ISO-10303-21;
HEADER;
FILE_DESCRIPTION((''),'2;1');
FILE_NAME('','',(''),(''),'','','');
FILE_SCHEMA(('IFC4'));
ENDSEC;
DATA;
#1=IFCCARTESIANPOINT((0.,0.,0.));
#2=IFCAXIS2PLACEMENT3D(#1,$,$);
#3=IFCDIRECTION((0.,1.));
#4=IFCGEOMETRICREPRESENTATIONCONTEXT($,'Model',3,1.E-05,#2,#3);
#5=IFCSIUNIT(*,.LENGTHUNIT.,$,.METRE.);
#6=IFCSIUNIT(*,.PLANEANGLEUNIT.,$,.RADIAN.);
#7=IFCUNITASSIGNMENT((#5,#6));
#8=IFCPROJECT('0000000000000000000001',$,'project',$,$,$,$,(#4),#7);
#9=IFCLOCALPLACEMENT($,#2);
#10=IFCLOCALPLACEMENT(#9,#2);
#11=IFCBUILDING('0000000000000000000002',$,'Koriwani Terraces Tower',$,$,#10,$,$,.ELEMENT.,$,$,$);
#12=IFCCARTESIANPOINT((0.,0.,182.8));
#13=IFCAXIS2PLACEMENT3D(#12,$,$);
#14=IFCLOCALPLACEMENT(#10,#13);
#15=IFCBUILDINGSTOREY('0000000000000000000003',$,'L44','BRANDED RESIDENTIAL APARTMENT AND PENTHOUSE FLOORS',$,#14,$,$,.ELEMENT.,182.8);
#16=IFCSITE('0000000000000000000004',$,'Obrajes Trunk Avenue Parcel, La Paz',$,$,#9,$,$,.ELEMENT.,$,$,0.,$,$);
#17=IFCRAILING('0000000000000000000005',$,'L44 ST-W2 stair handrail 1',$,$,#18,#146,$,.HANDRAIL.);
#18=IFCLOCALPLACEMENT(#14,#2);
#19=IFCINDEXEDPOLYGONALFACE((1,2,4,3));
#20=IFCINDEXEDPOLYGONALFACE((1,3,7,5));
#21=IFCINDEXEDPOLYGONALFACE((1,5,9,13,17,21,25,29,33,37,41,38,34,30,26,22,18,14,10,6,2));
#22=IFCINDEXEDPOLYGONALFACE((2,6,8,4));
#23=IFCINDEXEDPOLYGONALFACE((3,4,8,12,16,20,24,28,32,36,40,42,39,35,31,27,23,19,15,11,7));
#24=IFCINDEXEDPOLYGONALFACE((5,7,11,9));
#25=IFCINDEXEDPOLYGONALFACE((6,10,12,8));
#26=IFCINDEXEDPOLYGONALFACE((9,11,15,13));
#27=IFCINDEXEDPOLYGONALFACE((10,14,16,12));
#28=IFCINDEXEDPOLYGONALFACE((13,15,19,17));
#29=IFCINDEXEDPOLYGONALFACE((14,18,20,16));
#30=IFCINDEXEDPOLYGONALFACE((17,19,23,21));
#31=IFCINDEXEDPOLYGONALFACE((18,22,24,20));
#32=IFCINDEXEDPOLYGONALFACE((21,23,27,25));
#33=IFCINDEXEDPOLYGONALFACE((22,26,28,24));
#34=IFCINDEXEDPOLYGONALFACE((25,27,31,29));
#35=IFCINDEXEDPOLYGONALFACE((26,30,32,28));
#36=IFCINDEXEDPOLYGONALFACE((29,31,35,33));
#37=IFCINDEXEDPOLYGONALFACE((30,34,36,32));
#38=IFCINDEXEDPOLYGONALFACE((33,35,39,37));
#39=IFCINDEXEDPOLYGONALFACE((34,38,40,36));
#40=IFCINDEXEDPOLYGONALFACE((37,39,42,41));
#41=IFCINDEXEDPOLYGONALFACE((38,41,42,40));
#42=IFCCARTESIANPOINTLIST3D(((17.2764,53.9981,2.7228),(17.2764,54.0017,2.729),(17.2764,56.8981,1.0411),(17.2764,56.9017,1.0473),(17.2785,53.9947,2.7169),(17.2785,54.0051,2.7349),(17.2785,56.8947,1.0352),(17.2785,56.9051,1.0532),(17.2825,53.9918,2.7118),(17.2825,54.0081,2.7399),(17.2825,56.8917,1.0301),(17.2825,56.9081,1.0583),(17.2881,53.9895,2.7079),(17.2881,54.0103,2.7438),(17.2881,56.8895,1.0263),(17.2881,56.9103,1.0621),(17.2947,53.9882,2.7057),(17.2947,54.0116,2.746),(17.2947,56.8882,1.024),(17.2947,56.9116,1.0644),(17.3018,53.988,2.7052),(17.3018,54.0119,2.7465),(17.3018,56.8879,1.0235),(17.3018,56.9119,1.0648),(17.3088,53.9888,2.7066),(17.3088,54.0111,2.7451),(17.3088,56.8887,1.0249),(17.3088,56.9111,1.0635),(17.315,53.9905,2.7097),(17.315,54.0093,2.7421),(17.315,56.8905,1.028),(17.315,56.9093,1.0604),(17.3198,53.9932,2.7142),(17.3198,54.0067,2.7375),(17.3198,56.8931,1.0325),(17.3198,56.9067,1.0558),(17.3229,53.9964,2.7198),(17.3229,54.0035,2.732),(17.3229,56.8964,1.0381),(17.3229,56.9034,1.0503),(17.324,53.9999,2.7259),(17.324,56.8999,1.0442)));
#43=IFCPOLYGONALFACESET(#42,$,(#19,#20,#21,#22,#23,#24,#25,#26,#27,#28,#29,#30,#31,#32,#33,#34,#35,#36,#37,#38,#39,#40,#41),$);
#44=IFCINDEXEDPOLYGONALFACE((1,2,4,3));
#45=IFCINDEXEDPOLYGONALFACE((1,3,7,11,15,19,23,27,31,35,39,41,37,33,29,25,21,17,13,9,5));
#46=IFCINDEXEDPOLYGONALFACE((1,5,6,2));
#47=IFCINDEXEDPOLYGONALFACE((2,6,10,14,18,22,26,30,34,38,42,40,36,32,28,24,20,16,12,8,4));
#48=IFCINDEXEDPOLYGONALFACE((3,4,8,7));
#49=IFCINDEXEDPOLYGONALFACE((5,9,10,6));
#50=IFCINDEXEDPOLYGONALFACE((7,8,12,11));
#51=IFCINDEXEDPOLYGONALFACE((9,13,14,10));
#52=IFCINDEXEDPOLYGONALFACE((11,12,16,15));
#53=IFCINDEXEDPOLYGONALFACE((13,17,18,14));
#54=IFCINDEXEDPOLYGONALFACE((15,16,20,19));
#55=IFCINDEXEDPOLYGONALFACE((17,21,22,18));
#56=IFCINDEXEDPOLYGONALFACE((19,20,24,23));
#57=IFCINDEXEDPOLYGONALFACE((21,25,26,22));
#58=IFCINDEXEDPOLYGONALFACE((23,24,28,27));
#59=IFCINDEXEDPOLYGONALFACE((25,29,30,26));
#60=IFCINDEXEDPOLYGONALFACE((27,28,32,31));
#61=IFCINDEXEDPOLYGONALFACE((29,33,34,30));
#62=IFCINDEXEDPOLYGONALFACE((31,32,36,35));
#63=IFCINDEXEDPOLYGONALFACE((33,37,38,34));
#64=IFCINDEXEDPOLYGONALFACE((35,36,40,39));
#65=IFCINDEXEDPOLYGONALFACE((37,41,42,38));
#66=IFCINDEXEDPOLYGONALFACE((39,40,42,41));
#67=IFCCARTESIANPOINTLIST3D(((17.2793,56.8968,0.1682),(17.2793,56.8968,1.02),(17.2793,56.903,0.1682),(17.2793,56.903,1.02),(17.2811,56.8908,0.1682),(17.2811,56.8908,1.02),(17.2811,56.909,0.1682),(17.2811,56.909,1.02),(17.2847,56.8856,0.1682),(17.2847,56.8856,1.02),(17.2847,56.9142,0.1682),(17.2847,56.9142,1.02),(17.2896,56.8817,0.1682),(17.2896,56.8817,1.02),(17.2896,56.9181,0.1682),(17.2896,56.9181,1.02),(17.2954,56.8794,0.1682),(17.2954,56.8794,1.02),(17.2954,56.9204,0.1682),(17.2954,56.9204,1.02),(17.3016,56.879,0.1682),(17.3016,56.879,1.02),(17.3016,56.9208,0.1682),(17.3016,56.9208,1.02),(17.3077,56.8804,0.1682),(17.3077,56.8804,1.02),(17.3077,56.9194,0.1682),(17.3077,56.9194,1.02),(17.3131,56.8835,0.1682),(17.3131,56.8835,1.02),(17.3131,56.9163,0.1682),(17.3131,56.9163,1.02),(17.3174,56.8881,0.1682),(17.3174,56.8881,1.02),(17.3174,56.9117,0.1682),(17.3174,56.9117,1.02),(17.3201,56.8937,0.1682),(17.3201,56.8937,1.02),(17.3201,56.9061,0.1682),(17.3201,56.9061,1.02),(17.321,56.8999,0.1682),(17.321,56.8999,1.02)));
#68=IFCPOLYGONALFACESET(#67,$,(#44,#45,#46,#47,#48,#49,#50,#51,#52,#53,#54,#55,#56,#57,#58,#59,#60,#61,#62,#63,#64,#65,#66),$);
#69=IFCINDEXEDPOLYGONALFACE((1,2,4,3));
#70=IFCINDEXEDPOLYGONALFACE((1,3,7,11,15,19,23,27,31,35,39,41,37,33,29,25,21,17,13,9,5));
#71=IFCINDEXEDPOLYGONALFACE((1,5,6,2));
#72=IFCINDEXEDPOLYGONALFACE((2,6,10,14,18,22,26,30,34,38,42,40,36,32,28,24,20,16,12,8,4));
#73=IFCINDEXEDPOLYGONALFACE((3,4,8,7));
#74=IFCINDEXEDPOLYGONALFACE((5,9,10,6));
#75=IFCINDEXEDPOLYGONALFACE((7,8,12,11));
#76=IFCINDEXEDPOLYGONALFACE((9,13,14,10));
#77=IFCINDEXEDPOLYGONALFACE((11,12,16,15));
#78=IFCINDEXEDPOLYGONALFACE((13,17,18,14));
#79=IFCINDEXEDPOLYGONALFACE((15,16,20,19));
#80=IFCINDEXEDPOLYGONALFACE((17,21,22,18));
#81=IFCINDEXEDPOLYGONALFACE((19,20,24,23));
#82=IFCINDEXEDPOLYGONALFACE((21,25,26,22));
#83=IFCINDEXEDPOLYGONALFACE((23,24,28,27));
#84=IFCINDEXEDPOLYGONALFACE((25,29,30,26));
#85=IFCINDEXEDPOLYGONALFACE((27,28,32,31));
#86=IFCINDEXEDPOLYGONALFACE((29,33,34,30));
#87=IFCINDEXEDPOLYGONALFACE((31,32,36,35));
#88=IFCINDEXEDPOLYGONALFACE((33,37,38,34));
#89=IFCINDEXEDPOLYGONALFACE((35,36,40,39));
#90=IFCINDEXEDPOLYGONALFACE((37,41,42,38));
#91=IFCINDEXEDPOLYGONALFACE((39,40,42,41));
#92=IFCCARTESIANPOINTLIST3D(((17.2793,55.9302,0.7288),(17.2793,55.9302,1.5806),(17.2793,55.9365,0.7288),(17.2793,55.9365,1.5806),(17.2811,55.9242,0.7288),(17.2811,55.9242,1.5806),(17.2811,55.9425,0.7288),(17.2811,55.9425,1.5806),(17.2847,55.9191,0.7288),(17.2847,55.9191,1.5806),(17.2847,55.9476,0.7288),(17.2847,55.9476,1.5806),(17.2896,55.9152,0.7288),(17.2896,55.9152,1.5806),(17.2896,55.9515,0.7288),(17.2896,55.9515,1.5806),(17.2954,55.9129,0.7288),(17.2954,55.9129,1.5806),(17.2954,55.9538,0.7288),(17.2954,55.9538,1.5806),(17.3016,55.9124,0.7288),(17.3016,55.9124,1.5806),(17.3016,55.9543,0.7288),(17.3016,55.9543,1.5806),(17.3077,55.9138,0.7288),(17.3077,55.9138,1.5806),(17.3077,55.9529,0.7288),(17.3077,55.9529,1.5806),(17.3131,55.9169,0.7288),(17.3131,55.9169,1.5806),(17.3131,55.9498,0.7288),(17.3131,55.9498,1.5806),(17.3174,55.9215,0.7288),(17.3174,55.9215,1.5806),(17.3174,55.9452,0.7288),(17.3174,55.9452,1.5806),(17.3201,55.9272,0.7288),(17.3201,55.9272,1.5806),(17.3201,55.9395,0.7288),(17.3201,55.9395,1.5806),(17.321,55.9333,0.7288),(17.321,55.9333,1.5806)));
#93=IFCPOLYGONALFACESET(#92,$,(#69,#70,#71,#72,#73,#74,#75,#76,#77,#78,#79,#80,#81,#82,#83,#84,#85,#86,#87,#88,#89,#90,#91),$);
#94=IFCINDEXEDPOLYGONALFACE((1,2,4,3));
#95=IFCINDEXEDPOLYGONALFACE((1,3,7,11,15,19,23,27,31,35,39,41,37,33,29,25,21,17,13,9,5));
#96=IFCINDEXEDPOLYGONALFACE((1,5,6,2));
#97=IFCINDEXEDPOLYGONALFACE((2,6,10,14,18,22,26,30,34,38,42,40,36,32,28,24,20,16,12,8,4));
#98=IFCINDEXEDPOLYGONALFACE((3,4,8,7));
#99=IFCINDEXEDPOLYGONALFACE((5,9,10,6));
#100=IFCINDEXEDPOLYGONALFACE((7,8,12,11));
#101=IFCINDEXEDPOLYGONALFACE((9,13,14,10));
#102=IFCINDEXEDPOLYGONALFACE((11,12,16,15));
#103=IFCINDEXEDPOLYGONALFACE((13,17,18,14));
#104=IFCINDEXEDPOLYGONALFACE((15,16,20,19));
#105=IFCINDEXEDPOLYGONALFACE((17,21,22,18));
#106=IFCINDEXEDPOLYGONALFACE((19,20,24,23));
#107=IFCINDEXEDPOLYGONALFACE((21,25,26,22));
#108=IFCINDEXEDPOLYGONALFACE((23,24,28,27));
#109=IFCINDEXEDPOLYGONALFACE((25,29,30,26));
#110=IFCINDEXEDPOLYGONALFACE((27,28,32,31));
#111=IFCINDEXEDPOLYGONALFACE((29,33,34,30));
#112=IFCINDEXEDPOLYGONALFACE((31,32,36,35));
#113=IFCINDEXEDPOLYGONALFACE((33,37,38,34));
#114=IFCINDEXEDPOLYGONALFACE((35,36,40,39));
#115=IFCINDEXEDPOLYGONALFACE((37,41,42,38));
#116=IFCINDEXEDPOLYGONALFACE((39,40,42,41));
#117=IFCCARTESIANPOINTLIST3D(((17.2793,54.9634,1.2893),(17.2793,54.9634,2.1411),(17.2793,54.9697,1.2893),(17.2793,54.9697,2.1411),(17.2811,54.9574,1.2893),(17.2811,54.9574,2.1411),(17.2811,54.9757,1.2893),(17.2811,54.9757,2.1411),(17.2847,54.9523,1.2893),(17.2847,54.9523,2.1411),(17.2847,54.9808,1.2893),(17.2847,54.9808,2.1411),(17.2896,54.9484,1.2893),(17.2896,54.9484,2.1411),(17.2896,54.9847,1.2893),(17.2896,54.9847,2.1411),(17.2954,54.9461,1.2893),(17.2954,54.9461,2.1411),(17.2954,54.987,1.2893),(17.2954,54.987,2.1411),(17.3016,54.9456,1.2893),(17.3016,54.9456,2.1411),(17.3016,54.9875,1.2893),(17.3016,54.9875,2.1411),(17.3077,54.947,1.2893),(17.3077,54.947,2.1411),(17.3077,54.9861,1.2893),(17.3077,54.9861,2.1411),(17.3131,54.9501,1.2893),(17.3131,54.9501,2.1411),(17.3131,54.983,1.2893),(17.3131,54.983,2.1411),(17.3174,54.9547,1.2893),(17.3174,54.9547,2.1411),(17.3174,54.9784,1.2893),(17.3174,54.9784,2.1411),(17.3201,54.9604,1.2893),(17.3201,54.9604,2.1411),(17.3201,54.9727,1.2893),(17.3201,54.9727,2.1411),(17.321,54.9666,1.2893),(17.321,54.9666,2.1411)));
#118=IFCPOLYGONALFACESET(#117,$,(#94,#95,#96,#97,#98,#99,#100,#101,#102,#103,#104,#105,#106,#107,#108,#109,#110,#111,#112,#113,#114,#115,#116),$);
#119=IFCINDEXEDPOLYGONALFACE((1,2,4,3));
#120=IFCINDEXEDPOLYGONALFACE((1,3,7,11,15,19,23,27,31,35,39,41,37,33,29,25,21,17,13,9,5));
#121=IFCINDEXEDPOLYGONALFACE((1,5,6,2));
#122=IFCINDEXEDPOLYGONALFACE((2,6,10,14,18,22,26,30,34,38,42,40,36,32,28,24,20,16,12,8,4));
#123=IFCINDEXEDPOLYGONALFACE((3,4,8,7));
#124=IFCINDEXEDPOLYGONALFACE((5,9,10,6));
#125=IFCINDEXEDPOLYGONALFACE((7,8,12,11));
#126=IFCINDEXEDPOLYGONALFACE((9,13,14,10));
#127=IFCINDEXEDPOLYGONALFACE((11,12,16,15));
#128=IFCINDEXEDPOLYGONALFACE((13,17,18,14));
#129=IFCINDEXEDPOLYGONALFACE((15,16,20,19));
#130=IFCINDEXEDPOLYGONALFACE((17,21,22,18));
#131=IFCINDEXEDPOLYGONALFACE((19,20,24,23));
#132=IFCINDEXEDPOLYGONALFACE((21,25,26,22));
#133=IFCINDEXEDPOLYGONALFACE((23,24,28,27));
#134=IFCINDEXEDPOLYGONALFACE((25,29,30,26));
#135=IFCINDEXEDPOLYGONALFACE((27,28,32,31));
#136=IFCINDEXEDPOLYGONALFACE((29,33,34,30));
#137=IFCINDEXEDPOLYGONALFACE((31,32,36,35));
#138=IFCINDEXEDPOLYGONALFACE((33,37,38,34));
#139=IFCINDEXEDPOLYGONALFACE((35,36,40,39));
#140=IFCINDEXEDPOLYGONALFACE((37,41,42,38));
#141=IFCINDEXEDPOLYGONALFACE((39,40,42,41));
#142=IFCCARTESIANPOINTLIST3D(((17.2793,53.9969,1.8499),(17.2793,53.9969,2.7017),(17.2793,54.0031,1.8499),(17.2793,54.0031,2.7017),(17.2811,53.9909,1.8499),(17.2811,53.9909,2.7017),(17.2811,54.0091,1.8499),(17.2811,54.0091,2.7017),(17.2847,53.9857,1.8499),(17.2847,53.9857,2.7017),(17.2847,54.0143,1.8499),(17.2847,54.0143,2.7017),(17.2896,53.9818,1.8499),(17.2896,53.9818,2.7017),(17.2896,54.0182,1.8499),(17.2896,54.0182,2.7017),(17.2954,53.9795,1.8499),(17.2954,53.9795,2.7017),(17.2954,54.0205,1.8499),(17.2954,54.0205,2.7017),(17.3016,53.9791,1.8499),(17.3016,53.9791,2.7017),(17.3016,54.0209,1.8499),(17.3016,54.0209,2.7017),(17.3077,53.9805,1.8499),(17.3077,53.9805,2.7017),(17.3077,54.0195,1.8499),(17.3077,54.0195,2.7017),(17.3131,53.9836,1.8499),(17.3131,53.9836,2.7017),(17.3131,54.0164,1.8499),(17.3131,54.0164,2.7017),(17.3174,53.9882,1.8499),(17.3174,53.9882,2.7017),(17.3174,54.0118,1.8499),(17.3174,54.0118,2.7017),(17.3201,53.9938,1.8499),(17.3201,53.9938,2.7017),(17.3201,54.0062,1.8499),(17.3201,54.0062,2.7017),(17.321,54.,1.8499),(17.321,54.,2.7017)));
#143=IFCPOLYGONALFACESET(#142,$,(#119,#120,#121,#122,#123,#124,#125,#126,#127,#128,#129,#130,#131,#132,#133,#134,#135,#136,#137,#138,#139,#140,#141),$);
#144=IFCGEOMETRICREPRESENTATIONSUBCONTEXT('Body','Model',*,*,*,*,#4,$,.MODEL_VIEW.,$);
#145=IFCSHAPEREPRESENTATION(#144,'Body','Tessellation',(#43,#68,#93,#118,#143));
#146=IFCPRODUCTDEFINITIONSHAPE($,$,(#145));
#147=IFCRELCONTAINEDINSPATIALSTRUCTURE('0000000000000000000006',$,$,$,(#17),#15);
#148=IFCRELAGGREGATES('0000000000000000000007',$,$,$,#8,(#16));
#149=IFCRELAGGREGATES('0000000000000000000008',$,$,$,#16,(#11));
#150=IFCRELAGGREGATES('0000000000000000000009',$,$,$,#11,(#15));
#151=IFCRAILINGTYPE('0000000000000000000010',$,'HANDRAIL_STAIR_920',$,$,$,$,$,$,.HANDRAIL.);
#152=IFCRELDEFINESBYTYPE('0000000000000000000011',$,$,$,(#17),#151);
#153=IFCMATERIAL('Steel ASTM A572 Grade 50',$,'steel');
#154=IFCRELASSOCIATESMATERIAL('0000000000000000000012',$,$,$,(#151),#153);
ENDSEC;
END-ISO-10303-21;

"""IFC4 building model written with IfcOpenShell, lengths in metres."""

from ifc_helpers import new_model, si_unit, direction, frame, origin, origin_2d, place, context, subcontext, project, spatial, circle, extrude, material, type_object, element, save


model = new_model("IFC4")

# Units and contexts
model_context = context("Model", 3, precision=1e-05, world=origin(), true_north=direction((0.0, 1.0)))
body_context = subcontext(model_context, "Body", "Model", "MODEL_VIEW")
ifc_project = project(units=[si_unit("LENGTHUNIT", "METRE"), si_unit("PLANEANGLEUNIT", "RADIAN")], contexts=[model_context])

# Site, building, storey
site_placement = place(None, origin())
site = spatial("IfcSite", under=ifc_project, at=site_placement, Name="Obrajes Trunk Avenue Parcel, La Paz", CompositionType="ELEMENT", RefElevation=0.0)
building_placement = place(site_placement, origin())
building = spatial("IfcBuilding", under=site, at=building_placement, Name="Koriwani Terraces Tower", CompositionType="ELEMENT")
storey_placement = place(building_placement, frame((0.0, 0.0, 182.8)))
storey = spatial("IfcBuildingStorey", under=building, at=storey_placement, Name="L44", Description="BRANDED RESIDENTIAL APARTMENT AND PENTHOUSE FLOORS", CompositionType="ELEMENT", Elevation=182.8)

# Shared definitions
ifc_material_1 = material(Name="Steel ASTM A572 Grade 50", Category="steel")

# Railing
railing_type_1 = type_object("IfcRailingType", Name="HANDRAIL_STAIR_920", PredefinedType="HANDRAIL", material=ifc_material_1)
railing_1_placement = place(storey_placement, frame((17.3, 56.8999, 0.1682)))
element("IfcRailing", 1, at=railing_1_placement, inside=storey, type_object=railing_type_1, Name="L44 ST-W2 stair handrail 1", PredefinedType="HANDRAIL", context=body_context, shape_type="SweptSolid", body=[
    extrude(circle(Radius=0.0239, at=origin_2d()), frame((0.0, 0.0, 0.876), z_axis=(0.0, -0.86507, 0.501651), x_axis=(1.0, 0.0, 0.0)), (0.0, 0.0, 1.0), 3.3523),
    extrude(circle(Radius=0.021, at=origin_2d()), origin(), (0.0, 0.0, 1.0), 0.8518),
    extrude(circle(Radius=0.021, at=origin_2d()), frame((0.0, -0.9666, 0.5605)), (0.0, 0.0, 1.0), 0.8518),
    extrude(circle(Radius=0.021, at=origin_2d()), frame((0.0, -1.9333, 1.1211)), (0.0, 0.0, 1.0), 0.8518),
    extrude(circle(Radius=0.021, at=origin_2d()), frame((0.0, -2.8999, 1.6816)), (0.0, 0.0, 1.0), 0.8518),
])

save(model, "model.ifc")
